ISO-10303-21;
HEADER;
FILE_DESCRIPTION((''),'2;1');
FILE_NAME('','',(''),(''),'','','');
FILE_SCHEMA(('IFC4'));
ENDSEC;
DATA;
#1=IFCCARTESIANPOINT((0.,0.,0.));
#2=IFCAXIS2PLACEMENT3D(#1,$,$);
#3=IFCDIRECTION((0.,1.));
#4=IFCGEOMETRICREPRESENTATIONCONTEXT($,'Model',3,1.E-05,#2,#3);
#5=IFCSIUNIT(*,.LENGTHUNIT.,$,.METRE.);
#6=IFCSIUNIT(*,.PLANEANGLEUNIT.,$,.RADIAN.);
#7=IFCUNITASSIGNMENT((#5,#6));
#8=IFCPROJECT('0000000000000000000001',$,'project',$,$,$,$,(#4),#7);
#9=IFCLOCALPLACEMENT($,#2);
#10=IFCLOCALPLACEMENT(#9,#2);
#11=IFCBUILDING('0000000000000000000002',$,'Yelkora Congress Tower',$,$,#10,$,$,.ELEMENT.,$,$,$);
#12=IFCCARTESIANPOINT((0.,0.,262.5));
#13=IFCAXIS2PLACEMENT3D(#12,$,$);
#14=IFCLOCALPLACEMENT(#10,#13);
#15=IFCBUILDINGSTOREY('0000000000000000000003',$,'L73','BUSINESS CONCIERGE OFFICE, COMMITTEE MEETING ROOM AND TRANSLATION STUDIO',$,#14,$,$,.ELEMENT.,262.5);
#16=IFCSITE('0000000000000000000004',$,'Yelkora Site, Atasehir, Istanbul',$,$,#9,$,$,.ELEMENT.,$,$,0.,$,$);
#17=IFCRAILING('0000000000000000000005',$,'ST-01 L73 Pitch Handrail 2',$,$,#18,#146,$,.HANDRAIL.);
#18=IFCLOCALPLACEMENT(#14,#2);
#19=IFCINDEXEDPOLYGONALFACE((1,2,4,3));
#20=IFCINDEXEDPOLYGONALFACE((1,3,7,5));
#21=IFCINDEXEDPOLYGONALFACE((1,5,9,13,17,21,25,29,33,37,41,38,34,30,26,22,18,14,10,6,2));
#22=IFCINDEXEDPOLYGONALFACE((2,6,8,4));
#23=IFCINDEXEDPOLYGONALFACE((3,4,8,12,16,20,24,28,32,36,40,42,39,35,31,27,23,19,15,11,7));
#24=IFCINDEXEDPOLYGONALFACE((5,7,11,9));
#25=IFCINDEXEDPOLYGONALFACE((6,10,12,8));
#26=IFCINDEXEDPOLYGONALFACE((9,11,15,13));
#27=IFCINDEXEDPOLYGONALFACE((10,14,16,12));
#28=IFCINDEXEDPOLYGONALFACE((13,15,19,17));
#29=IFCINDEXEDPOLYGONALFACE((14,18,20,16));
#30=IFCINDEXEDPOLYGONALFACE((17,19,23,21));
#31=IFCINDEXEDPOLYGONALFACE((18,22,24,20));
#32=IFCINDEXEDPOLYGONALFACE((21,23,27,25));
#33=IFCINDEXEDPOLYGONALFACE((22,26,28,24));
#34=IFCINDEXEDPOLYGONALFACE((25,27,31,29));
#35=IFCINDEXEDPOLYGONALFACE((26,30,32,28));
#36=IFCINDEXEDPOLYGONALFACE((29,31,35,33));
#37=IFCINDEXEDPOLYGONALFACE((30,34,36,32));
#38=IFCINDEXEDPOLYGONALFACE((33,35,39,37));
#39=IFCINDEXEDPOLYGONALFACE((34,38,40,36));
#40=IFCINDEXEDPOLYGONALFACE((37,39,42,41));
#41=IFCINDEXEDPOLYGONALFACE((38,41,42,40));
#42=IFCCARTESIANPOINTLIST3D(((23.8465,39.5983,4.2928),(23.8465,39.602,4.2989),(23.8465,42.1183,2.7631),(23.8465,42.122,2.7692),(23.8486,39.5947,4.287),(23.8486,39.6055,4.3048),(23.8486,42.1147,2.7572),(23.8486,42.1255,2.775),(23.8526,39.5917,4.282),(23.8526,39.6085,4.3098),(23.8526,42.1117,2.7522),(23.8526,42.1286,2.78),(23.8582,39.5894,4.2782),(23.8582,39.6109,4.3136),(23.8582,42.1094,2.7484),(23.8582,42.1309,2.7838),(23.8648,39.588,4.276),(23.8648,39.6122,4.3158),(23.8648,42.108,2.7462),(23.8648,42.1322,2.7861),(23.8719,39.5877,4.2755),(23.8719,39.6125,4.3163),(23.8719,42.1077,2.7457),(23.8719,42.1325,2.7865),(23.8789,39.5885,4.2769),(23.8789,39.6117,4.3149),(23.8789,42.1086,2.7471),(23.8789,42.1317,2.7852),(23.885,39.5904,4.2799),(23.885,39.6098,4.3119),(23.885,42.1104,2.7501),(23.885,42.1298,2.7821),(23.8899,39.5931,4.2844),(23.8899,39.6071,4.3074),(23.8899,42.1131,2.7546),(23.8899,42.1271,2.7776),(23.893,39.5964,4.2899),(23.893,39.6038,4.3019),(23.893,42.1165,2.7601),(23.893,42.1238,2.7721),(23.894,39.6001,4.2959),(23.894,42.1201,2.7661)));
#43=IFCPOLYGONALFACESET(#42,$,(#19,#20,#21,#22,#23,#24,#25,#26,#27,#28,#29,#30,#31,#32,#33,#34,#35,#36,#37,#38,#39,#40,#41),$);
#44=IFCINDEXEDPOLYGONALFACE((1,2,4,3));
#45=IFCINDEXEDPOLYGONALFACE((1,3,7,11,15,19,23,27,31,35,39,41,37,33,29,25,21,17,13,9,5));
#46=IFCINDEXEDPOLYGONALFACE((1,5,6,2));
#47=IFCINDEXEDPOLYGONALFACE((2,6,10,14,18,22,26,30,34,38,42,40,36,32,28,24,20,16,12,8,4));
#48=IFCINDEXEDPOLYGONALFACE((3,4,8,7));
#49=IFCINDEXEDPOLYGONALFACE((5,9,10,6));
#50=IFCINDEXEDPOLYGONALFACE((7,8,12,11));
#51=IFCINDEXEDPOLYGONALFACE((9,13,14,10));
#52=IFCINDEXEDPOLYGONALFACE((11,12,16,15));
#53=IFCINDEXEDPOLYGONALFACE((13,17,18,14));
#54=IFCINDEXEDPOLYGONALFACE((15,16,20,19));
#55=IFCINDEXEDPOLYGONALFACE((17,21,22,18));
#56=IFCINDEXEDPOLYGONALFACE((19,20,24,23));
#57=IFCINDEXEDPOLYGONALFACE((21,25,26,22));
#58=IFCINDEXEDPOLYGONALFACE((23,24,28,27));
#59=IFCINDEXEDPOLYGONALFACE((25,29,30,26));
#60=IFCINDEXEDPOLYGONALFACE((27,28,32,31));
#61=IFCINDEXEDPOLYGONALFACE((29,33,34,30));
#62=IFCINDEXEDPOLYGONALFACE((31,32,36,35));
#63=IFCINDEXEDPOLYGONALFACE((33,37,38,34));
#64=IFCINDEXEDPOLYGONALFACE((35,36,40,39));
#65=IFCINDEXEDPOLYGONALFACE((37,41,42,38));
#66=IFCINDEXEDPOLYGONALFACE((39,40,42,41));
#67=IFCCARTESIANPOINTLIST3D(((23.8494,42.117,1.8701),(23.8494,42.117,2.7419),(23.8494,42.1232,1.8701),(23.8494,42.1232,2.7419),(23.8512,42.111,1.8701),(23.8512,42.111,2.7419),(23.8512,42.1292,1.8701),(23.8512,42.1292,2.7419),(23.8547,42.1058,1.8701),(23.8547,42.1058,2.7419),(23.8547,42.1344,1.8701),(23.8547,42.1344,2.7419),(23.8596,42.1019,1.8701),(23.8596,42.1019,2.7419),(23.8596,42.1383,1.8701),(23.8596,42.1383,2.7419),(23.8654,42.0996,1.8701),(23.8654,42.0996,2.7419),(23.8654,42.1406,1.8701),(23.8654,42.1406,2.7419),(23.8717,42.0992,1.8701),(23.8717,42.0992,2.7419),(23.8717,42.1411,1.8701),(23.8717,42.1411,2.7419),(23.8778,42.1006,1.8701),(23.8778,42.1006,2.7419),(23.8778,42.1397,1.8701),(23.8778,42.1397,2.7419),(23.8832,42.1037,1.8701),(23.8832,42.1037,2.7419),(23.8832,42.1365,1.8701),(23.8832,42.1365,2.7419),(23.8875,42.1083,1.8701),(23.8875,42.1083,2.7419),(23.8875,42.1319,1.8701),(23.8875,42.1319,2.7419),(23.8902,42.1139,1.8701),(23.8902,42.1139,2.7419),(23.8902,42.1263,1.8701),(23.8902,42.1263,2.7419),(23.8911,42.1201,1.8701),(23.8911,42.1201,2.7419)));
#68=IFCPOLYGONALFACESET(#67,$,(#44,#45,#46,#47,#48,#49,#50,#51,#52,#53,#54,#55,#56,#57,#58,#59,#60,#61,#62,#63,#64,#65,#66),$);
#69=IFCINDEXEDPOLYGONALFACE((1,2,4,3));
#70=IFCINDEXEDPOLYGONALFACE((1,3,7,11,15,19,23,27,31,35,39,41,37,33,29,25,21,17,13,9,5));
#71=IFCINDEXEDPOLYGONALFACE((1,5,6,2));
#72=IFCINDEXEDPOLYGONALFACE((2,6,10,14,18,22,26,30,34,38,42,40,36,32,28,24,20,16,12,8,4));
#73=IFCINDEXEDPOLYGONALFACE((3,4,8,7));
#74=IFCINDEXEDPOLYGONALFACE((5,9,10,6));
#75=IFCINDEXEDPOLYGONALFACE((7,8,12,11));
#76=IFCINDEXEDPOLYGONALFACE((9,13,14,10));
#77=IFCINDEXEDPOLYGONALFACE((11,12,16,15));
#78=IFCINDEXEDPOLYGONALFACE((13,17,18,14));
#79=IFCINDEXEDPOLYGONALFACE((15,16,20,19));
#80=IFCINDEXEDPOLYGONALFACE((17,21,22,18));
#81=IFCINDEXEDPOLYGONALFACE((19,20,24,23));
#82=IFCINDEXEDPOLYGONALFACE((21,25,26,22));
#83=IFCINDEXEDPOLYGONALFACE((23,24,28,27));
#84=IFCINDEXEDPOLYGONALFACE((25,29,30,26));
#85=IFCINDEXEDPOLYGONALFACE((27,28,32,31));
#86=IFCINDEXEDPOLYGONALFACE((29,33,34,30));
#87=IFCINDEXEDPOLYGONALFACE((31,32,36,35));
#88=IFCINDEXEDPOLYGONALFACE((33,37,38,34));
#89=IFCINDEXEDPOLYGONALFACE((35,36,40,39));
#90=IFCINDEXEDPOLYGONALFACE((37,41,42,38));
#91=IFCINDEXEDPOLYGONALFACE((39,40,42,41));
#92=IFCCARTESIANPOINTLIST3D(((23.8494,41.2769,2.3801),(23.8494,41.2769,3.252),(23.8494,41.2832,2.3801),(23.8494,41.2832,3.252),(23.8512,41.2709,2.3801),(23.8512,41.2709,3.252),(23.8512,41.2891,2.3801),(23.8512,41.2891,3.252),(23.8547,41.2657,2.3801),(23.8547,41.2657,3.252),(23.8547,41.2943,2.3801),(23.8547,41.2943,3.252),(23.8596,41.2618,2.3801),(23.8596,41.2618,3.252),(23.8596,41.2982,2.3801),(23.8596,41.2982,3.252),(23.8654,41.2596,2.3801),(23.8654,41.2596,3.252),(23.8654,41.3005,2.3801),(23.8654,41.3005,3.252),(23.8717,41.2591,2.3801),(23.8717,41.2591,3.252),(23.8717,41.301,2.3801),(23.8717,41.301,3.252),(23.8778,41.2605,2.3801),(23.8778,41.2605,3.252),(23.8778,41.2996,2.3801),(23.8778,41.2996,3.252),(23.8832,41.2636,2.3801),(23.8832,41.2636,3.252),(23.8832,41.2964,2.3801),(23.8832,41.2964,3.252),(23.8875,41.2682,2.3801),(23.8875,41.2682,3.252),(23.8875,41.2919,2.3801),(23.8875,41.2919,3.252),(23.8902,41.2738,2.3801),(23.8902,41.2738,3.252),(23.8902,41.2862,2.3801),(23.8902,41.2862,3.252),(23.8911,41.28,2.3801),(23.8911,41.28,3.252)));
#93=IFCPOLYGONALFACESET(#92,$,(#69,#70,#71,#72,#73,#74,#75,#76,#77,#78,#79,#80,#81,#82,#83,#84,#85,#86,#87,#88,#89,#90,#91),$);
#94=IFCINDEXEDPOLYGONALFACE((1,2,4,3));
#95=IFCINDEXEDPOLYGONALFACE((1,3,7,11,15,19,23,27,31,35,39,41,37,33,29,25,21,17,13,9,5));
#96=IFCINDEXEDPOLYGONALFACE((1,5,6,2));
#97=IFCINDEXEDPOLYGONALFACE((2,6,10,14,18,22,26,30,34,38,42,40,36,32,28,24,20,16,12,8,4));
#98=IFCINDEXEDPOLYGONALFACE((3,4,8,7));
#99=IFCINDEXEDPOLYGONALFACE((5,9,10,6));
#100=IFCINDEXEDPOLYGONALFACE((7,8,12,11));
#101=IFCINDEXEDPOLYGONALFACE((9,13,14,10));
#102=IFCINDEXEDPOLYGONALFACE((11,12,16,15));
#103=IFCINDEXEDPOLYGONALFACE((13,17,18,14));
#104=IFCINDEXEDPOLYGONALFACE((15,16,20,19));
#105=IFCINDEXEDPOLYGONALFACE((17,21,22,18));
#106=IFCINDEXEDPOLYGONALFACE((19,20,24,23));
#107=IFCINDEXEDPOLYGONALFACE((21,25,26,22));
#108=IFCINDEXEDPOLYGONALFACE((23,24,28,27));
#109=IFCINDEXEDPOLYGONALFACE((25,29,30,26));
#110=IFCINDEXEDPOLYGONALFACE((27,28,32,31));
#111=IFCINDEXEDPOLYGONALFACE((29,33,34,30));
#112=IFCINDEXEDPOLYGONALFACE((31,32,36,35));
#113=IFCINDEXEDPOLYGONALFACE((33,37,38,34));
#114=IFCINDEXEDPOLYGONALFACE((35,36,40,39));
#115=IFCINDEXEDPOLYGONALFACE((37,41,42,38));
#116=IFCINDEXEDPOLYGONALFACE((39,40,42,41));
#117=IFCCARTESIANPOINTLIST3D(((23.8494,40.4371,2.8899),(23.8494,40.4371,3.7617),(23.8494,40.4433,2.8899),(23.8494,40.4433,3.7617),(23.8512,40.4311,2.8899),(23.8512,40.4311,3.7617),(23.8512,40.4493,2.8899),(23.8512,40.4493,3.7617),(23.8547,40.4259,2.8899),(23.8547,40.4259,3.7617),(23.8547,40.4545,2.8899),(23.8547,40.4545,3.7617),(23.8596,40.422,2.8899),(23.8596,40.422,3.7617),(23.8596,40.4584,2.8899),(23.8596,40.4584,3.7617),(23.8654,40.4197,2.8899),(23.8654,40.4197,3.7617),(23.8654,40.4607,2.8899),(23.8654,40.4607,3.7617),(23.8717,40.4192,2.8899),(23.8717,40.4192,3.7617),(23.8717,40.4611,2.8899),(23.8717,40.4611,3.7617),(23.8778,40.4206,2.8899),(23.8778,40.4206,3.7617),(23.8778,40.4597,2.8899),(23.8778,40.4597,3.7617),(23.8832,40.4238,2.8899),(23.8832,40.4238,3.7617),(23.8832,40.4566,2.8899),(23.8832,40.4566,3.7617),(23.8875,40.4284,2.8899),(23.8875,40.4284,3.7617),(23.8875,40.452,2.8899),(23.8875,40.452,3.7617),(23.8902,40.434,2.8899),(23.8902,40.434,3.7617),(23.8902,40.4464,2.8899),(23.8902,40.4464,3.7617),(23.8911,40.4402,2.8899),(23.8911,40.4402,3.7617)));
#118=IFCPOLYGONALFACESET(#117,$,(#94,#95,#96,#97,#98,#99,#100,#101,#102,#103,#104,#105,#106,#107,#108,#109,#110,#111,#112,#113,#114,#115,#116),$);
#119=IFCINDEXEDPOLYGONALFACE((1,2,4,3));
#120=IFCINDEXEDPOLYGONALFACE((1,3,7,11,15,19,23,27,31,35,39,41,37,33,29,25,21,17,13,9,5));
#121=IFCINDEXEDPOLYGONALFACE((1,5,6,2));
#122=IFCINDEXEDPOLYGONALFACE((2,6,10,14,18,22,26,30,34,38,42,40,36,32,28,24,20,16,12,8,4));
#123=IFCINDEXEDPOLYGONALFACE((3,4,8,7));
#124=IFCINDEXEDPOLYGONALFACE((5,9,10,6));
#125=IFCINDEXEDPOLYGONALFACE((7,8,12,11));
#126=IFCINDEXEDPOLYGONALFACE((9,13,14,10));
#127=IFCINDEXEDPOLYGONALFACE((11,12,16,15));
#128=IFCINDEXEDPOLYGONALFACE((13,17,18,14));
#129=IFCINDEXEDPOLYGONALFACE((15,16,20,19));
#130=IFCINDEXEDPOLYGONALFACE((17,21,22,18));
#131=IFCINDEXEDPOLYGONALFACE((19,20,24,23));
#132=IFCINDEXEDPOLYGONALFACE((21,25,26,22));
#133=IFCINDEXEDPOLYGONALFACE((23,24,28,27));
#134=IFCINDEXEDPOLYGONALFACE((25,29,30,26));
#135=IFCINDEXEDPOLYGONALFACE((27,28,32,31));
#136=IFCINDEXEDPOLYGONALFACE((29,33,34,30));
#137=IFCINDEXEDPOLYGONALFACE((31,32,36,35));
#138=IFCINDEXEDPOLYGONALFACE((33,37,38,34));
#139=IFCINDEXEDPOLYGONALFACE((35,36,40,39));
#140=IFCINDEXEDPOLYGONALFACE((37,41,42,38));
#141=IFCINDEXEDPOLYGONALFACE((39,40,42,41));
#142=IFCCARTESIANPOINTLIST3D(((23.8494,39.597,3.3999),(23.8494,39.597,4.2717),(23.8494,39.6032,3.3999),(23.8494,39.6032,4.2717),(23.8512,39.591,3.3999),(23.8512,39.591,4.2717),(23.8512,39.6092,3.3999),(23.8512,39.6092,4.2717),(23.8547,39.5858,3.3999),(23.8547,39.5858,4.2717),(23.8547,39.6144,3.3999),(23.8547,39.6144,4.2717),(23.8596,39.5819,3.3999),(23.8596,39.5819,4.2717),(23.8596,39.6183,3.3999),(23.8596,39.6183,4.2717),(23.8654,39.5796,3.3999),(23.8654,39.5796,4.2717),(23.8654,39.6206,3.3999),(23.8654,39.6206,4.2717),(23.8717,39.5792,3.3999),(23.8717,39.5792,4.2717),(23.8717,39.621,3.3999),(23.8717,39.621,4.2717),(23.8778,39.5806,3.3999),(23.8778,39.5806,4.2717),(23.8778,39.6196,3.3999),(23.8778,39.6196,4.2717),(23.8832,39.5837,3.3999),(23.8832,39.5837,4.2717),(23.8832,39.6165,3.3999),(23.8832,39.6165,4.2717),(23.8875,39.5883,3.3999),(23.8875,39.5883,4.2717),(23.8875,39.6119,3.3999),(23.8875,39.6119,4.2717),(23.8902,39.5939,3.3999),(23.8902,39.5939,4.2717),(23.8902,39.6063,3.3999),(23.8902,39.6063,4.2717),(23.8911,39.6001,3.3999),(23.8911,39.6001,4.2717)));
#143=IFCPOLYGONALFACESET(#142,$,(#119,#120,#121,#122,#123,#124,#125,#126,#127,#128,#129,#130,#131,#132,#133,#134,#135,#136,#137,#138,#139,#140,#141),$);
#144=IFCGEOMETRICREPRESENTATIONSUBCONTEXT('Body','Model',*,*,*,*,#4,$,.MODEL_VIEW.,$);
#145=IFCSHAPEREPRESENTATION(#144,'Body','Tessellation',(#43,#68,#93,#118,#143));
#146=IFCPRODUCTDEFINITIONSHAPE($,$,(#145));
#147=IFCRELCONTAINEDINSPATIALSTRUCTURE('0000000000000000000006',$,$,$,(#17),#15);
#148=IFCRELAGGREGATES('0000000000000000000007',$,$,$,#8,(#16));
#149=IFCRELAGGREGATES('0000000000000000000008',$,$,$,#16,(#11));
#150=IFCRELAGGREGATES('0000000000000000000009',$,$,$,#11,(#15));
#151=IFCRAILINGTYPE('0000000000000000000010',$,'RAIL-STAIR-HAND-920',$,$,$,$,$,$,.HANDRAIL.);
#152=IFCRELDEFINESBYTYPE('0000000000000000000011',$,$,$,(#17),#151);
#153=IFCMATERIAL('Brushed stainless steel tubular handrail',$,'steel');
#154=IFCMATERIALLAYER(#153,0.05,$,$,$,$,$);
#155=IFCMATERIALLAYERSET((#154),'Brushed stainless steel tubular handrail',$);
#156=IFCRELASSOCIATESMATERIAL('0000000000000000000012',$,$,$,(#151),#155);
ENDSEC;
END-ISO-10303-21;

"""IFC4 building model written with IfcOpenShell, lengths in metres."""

from ifc_helpers import new_model, si_unit, direction, frame, origin, origin_2d, place, context, subcontext, project, spatial, circle, extrude, material, layer, layer_set, type_object, element, save


model = new_model("IFC4")

# Units and contexts
model_context = context("Model", 3, precision=1e-05, world=origin(), true_north=direction((0.0, 1.0)))
body_context = subcontext(model_context, "Body", "Model", "MODEL_VIEW")
ifc_project = project(units=[si_unit("LENGTHUNIT", "METRE"), si_unit("PLANEANGLEUNIT", "RADIAN")], contexts=[model_context])

# Site, building, storey
site_placement = place(None, origin())
site = spatial("IfcSite", under=ifc_project, at=site_placement, Name="Yelkora Site, Atasehir, Istanbul", CompositionType="ELEMENT", RefElevation=0.0)
building_placement = place(site_placement, origin())
building = spatial("IfcBuilding", under=site, at=building_placement, Name="Yelkora Congress Tower", CompositionType="ELEMENT")
storey_placement = place(building_placement, frame((0.0, 0.0, 262.5)))
storey = spatial("IfcBuildingStorey", under=building, at=storey_placement, Name="L73", Description="BUSINESS CONCIERGE OFFICE, COMMITTEE MEETING ROOM AND TRANSLATION STUDIO", CompositionType="ELEMENT", Elevation=262.5)

# Railing
ifc_material_1 = material(Name="Brushed stainless steel tubular handrail", Category="steel")
ifc_layer_1 = layer(ifc_material_1, 0.05)
ifc_layer_set_1 = layer_set([ifc_layer_1], Name="Brushed stainless steel tubular handrail")
railing_type_1 = type_object("IfcRailingType", Name="RAIL-STAIR-HAND-920", PredefinedType="HANDRAIL", material=ifc_layer_set_1)
railing_1_placement = place(storey_placement, frame((23.8701, 42.1201, 1.8701)))
element("IfcRailing", 1, at=railing_1_placement, inside=storey, type_object=railing_type_1, Name="ST-01 L73 Pitch Handrail 2", PredefinedType="HANDRAIL", context=body_context, shape_type="SweptSolid", body=[
    extrude(circle(Radius=0.0239, at=origin_2d()), frame((0.0, 0.0, 0.896), z_axis=(0.0, -0.854822, 0.518922), x_axis=(1.0, 0.0, 0.0)), (0.0, 0.0, 1.0), 2.948),
    extrude(circle(Radius=0.021, at=origin_2d()), origin(), (0.0, 0.0, 1.0), 0.8718),
    extrude(circle(Radius=0.021, at=origin_2d()), frame((0.0, -0.8401, 0.51)), (0.0, 0.0, 1.0), 0.8718),
    extrude(circle(Radius=0.021, at=origin_2d()), frame((0.0, -1.6799, 1.0198)), (0.0, 0.0, 1.0), 0.8718),
    extrude(circle(Radius=0.021, at=origin_2d()), frame((0.0, -2.52, 1.5298)), (0.0, 0.0, 1.0), 0.8718),
])

save(model, "model.ifc")
